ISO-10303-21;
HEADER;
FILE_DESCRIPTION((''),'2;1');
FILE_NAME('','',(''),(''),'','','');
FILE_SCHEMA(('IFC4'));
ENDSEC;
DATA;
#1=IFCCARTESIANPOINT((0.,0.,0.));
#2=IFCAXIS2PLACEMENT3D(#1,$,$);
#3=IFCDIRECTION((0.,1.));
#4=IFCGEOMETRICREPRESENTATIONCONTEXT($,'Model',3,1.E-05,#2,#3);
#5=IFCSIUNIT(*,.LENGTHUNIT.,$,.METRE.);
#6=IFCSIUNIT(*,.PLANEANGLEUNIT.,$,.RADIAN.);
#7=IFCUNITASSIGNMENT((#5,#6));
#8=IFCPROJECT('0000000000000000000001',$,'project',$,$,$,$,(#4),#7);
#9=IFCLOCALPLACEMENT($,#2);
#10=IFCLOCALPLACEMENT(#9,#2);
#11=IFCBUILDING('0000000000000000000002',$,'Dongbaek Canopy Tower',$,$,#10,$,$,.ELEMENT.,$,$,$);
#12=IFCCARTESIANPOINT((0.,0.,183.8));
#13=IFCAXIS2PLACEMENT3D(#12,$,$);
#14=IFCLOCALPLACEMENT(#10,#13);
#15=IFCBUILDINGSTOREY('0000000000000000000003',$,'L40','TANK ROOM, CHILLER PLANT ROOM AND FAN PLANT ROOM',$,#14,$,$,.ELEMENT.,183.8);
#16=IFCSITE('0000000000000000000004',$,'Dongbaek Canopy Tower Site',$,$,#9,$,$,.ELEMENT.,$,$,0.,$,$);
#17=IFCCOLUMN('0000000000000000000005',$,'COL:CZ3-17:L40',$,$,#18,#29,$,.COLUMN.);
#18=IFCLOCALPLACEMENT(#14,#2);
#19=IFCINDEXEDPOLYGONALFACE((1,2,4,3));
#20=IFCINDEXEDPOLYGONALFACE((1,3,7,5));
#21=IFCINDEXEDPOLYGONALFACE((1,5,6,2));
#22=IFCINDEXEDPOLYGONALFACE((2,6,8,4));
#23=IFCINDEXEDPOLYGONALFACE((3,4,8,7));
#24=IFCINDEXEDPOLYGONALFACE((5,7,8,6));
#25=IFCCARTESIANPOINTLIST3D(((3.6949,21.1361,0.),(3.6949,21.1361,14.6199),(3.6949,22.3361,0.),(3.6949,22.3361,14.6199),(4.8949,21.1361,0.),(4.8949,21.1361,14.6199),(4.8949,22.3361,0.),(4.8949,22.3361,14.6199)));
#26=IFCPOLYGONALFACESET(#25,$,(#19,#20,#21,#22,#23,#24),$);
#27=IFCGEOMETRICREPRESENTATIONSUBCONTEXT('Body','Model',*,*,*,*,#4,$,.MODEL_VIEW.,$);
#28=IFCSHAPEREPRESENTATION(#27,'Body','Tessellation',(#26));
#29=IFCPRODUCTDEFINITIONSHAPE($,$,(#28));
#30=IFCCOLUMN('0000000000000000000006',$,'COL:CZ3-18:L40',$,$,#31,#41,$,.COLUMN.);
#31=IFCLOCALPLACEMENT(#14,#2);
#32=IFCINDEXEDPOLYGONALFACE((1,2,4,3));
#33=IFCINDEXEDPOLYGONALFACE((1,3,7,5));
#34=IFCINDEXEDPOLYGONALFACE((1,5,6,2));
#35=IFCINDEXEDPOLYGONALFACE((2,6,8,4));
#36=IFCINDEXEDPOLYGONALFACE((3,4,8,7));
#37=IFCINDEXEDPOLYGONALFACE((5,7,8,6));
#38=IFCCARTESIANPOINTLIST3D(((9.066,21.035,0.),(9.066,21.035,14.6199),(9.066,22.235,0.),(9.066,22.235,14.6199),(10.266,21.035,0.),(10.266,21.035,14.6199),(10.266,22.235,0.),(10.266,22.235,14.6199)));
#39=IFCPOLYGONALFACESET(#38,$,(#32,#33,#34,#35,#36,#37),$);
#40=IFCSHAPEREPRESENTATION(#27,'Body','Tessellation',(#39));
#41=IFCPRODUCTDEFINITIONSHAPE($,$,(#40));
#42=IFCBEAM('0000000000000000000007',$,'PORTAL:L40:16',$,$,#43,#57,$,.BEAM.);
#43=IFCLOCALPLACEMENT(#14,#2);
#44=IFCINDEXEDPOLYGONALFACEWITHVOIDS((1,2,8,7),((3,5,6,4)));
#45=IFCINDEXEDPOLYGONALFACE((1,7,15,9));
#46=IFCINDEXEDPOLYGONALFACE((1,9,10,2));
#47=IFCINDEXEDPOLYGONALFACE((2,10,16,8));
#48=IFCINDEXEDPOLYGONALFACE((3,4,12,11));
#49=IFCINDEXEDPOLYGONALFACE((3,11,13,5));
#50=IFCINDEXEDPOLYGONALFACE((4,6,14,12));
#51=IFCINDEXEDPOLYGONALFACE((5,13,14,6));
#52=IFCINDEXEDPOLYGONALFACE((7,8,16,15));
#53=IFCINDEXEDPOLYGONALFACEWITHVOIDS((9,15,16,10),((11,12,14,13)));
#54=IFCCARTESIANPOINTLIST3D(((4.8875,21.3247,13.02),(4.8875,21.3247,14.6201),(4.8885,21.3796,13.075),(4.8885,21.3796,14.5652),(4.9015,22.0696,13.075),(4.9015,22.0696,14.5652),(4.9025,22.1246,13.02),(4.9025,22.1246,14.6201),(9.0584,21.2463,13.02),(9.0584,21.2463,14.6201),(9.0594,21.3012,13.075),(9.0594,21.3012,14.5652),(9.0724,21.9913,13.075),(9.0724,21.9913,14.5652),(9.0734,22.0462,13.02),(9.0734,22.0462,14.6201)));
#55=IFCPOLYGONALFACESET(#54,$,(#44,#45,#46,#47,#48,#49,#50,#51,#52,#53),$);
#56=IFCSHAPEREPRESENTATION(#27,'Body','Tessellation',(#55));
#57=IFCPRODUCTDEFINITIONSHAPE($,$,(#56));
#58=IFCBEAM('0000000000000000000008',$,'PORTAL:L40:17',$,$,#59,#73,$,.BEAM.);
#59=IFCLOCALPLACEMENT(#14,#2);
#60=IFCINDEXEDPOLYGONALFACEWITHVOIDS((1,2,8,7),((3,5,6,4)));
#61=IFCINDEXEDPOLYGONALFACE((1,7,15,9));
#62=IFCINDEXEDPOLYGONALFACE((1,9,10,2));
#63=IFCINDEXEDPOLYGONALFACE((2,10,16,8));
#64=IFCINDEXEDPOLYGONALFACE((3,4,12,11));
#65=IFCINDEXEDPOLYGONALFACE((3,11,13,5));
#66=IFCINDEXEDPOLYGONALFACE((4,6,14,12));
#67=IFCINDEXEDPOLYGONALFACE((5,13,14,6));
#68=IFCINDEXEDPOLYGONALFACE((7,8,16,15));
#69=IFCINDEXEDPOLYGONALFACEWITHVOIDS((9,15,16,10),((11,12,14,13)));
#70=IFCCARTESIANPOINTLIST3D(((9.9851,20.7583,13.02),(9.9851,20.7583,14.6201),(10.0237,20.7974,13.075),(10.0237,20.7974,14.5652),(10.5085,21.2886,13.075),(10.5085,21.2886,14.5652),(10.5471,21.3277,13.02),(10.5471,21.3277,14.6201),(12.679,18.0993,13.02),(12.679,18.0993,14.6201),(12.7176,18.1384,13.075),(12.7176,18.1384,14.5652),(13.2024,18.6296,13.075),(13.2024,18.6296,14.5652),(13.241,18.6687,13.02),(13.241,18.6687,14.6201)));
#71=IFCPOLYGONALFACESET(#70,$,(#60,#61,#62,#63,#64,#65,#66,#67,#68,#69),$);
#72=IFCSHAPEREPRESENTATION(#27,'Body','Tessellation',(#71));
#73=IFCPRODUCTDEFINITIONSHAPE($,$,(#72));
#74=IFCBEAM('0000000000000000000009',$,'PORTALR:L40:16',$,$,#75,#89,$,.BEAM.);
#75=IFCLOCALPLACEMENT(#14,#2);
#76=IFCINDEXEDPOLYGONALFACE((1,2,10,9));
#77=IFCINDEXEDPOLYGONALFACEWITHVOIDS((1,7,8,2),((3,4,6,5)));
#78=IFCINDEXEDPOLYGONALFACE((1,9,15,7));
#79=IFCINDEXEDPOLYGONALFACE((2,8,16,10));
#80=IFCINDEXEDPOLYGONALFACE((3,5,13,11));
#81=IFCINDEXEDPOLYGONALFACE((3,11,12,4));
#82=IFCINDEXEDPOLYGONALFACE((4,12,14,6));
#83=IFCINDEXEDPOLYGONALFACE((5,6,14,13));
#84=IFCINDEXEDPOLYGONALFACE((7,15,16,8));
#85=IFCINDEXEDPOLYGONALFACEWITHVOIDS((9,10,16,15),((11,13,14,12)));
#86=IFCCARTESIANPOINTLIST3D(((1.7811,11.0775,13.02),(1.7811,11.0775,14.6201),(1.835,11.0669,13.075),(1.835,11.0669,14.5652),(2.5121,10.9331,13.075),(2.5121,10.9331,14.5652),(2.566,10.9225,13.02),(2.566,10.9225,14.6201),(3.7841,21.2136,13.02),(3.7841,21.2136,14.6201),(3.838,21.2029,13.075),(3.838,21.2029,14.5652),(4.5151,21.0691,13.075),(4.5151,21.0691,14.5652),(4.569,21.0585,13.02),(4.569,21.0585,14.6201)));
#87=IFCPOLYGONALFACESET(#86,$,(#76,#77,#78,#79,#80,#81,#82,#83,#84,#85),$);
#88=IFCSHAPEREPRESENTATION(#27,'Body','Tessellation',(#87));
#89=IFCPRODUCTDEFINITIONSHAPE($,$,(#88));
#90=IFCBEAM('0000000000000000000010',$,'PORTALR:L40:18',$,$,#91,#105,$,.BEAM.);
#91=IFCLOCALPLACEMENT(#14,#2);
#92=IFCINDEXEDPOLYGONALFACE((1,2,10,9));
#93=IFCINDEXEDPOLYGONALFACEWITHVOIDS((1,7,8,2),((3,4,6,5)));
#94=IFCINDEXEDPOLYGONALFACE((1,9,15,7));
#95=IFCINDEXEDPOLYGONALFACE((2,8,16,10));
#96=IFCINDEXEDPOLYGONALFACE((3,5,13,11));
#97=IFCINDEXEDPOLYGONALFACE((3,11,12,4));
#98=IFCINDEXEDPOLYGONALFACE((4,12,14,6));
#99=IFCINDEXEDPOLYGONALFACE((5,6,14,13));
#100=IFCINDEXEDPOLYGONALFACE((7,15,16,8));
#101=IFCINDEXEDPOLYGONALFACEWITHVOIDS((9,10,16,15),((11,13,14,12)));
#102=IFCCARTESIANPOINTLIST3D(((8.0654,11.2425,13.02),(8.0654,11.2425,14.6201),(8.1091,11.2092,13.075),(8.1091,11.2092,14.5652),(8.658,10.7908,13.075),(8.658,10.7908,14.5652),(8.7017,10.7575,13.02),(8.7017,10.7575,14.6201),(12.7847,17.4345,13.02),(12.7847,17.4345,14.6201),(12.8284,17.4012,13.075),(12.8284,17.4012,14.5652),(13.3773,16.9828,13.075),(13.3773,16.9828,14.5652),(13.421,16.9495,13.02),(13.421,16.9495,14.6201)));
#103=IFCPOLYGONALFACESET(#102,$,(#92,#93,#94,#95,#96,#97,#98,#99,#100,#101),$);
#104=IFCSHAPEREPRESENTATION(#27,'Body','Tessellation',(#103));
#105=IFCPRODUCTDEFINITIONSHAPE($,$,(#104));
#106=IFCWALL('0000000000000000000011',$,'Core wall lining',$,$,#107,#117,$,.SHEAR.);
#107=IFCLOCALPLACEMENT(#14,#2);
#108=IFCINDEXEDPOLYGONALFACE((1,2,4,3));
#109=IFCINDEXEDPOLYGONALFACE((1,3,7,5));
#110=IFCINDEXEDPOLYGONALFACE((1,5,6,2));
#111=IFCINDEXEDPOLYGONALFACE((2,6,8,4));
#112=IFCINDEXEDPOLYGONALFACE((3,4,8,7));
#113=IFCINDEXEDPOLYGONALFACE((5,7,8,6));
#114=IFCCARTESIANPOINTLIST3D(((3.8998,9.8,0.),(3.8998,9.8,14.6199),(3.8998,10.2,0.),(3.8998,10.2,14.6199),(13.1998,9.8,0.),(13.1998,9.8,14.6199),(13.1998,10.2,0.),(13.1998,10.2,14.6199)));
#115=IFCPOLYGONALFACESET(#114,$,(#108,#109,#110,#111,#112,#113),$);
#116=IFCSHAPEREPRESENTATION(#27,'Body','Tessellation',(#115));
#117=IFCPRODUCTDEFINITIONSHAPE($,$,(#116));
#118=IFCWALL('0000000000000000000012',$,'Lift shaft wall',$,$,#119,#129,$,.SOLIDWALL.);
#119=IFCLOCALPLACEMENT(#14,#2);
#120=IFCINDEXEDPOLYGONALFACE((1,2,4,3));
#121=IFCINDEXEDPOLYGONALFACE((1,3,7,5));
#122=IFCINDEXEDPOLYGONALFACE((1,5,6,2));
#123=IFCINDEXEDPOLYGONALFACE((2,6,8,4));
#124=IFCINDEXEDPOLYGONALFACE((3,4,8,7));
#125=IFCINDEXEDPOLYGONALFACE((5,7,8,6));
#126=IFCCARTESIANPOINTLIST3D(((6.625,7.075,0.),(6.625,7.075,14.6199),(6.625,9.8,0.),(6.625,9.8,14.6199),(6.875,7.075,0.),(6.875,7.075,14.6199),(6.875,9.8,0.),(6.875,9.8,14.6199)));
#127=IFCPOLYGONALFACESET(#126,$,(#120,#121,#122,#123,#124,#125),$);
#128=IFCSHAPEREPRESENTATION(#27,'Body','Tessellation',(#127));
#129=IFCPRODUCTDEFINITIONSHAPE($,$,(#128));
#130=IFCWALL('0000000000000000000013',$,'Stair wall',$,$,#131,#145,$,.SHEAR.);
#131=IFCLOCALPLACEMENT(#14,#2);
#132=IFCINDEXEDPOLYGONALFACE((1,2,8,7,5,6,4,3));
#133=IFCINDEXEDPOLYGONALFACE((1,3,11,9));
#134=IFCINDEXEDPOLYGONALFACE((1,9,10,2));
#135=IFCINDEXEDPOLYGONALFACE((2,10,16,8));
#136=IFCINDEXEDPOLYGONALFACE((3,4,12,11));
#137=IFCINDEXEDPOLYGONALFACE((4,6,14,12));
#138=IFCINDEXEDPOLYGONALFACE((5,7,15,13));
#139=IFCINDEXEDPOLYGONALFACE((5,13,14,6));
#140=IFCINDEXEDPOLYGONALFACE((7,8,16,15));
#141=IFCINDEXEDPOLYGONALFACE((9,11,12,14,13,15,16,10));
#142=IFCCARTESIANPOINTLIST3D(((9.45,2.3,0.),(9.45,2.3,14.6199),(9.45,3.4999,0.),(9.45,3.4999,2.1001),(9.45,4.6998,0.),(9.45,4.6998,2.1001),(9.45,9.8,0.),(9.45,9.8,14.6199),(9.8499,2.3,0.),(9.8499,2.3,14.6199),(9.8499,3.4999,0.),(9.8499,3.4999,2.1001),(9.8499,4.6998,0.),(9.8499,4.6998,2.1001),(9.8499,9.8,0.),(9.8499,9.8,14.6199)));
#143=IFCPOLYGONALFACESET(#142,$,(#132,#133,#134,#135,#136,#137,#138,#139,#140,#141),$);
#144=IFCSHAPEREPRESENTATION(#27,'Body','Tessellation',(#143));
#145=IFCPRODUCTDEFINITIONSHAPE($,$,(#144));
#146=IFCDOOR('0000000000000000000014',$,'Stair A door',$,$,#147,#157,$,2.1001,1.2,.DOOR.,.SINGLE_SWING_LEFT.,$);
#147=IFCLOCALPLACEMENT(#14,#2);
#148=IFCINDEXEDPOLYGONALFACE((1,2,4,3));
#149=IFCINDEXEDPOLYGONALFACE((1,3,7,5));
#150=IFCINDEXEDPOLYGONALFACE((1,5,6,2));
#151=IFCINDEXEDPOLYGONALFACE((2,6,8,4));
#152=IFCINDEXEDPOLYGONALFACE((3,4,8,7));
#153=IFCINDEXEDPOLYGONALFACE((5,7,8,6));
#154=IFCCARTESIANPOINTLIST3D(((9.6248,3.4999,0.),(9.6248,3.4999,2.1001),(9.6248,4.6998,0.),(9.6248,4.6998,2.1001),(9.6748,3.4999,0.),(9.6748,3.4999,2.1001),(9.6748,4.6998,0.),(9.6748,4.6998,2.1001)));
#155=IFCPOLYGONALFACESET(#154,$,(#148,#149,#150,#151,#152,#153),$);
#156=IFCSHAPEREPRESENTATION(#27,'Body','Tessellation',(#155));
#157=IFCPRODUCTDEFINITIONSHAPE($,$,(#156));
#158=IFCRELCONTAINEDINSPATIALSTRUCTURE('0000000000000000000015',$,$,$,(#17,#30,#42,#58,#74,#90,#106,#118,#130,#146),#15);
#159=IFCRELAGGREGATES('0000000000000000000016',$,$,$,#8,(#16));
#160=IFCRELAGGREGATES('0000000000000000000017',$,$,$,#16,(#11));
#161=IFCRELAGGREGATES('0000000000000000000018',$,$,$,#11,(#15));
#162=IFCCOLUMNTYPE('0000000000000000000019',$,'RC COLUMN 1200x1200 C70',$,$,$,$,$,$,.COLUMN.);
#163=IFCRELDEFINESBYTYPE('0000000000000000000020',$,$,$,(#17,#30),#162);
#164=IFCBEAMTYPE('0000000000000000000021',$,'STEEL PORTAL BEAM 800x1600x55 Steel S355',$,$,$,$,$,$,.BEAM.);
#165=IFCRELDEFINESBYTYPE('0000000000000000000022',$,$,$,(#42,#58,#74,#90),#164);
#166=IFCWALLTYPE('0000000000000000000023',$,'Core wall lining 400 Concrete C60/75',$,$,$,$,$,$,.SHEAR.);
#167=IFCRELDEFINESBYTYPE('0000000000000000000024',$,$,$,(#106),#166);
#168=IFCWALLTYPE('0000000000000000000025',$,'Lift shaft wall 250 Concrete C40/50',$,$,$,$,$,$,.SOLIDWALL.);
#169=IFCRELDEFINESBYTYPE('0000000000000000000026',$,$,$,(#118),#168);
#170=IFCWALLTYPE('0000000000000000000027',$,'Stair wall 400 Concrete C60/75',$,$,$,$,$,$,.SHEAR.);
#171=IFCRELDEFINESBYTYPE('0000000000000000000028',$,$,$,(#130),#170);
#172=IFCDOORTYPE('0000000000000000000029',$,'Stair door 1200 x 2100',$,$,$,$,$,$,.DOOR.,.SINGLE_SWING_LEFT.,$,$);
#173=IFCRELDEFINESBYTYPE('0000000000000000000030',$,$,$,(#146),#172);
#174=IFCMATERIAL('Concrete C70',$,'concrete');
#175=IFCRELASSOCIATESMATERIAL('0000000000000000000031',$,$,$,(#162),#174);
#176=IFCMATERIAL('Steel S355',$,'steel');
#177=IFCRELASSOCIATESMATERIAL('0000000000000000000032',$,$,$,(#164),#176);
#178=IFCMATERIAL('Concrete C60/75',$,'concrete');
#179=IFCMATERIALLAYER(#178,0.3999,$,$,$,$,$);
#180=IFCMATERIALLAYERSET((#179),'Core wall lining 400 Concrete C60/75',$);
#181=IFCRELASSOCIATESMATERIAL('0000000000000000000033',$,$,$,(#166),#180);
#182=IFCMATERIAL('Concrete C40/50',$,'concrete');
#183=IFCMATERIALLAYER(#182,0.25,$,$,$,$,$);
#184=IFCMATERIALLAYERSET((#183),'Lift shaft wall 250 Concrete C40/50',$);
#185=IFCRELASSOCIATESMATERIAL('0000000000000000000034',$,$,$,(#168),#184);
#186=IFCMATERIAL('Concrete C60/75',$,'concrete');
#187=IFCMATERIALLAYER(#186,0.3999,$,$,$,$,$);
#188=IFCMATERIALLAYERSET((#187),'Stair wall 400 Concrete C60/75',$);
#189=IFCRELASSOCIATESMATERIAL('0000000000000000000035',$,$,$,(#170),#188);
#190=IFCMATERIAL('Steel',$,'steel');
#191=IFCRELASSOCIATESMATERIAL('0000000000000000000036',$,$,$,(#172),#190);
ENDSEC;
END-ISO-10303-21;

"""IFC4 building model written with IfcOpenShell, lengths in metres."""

from ifc_helpers import new_model, si_unit, direction, frame, frame_2d, origin, origin_2d, place, context, subcontext, project, spatial, rectangle, hollow_rectangle, extrude, material, layer, layer_set, material_profile, profile_set, type_object, element, fill, save


model = new_model("IFC4")

# Units and contexts
model_context = context("Model", 3, precision=1e-05, world=origin(), true_north=direction((0.0, 1.0)))
body_context = subcontext(model_context, "Body", "Model", "MODEL_VIEW")
ifc_project = project(units=[si_unit("LENGTHUNIT", "METRE"), si_unit("PLANEANGLEUNIT", "RADIAN")], contexts=[model_context])

# Site, building, storey
site_placement = place(None, origin())
site = spatial("IfcSite", under=ifc_project, at=site_placement, Name="Dongbaek Canopy Tower Site", CompositionType="ELEMENT", RefElevation=0.0)
building_placement = place(site_placement, origin())
building = spatial("IfcBuilding", under=site, at=building_placement, Name="Dongbaek Canopy Tower", CompositionType="ELEMENT")
storey_placement = place(building_placement, frame((0.0, 0.0, 183.8)))
storey = spatial("IfcBuildingStorey", under=building, at=storey_placement, Name="L40", Description="TANK ROOM, CHILLER PLANT ROOM AND FAN PLANT ROOM", CompositionType="ELEMENT", Elevation=183.8)

# Columns
ifc_material_1 = material(Name="Concrete C70", Category="concrete")
ifc_material_profile_1 = material_profile(ifc_material_1, rectangle(XDim=1.2, YDim=1.2, at=origin_2d()), Name="RC COLUMN 1200x1200 C70")
ifc_profile_set_1 = profile_set([ifc_material_profile_1], Name="Concrete C70")
column_type = type_object("IfcColumnType", Name="RC COLUMN 1200x1200 C70", PredefinedType="COLUMN", material=ifc_profile_set_1)
for number, where, z_axis, x_axis, name in (
    (1, (4.2949, 21.7361, 0.0), (0.0, 0.0, 1.0), (1.0, 0.0, 0.0), "COL:CZ3-17:L40"),
    (2, (9.666, 21.635, 0.0), (0.0, 0.0, 1.0), (1.0, 0.0, 0.0), "COL:CZ3-18:L40"),
):
    element("IfcColumn", number, at=place(storey_placement, frame(where, z_axis=z_axis, x_axis=x_axis)), inside=storey, type_object=column_type, Name=name, PredefinedType="COLUMN", context=body_context, shape_type="SweptSolid", body=[
        extrude(rectangle(XDim=1.2, YDim=1.2, at=origin_2d()), origin(), (0.0, 0.0, 1.0), 14.6199),
    ])

# Beams
ifc_material_2 = material(Name="Steel S355", Category="steel")
ifc_material_profile_2 = material_profile(ifc_material_2, hollow_rectangle(XDim=0.8, YDim=1.6001, WallThickness=0.0549, at=origin_2d()), Name="STEEL PORTAL BEAM 800x1600x55 Steel S355")
ifc_profile_set_2 = profile_set([ifc_material_profile_2], Name="Steel S355")
beam_type = type_object("IfcBeamType", Name="STEEL PORTAL BEAM 800x1600x55 Steel S355", PredefinedType="BEAM", material=ifc_profile_set_2)
beam_1_placement = place(storey_placement, frame((4.895, 21.7246, 13.8201), z_axis=(0.999824, -0.018786, 0.0), x_axis=(0.018786, 0.999824, 0.0)))
element("IfcBeam", 3, at=beam_1_placement, inside=storey, type_object=beam_type, Name="PORTAL:L40:16", PredefinedType="BEAM", context=body_context, shape_type="SweptSolid", body=[
    extrude(hollow_rectangle(XDim=0.8, YDim=1.6001, WallThickness=0.0549, at=origin_2d()), origin(), (0.0, 0.0, 1.0), 4.1716),
])
beam_2_placement = place(storey_placement, frame((10.2661, 21.043, 13.8201), z_axis=(0.711704, -0.70248, 0.0), x_axis=(0.70248, 0.711704, 0.0)))
element("IfcBeam", 4, at=beam_2_placement, inside=storey, type_object=beam_type, Name="PORTAL:L40:17", PredefinedType="BEAM", context=body_context, shape_type="SweptSolid", body=[
    extrude(hollow_rectangle(XDim=0.8, YDim=1.6001, WallThickness=0.0549, at=origin_2d()), origin(), (0.0, 0.0, 1.0), 3.7852),
])
beam_3_placement = place(storey_placement, frame((2.1736, 11.0, 13.8201), z_axis=(0.193857, 0.98103, 0.0), x_axis=(-0.98103, 0.193857, 0.0)))
element("IfcBeam", 5, at=beam_3_placement, inside=storey, type_object=beam_type, Name="PORTALR:L40:16", PredefinedType="BEAM", context=body_context, shape_type="SweptSolid", body=[
    extrude(hollow_rectangle(XDim=0.8, YDim=1.6001, WallThickness=0.0549, at=origin_2d()), origin(), (0.0, 0.0, 1.0), 10.332),
])
beam_4_placement = place(storey_placement, frame((8.3835, 11.0, 13.8201), z_axis=(0.606174, 0.795332, 0.0), x_axis=(-0.795332, 0.606174, 0.0)))
element("IfcBeam", 6, at=beam_4_placement, inside=storey, type_object=beam_type, Name="PORTALR:L40:18", PredefinedType="BEAM", context=body_context, shape_type="SweptSolid", body=[
    extrude(hollow_rectangle(XDim=0.8, YDim=1.6001, WallThickness=0.0549, at=origin_2d()), origin(), (0.0, 0.0, 1.0), 7.7854),
])

# Walls
ifc_material_3 = material(Name="Concrete C60/75", Category="concrete")
ifc_layer_1 = layer(ifc_material_3, 0.3999)
ifc_layer_set_1 = layer_set([ifc_layer_1], Name="Core wall lining 400 Concrete C60/75")
wall_type_1 = type_object("IfcWallType", Name="Core wall lining 400 Concrete C60/75", PredefinedType="SHEAR", material=ifc_layer_set_1)
wall_1_placement = place(storey_placement, frame((3.8999, 10.0, 0.0), z_axis=(0.0, 0.0, 1.0), x_axis=(1.0, 0.0, 0.0)))
element("IfcWall", 7, at=wall_1_placement, inside=storey, type_object=wall_type_1, Name="Core wall lining", PredefinedType="SHEAR", context=body_context, shape_type="SweptSolid", body=[
    extrude(rectangle(XDim=9.3, YDim=0.3999, at=frame_2d((4.6499, 0.0))), origin(), (0.0, 0.0, 1.0), 14.6199),
])
ifc_material_4 = material(Name="Concrete C40/50", Category="concrete")
ifc_layer_2 = layer(ifc_material_4, 0.25)
ifc_layer_set_2 = layer_set([ifc_layer_2], Name="Lift shaft wall 250 Concrete C40/50")
wall_type_2 = type_object("IfcWallType", Name="Lift shaft wall 250 Concrete C40/50", PredefinedType="SOLIDWALL", material=ifc_layer_set_2)
wall_2_placement = place(storey_placement, frame((6.75, 7.075, 0.0), z_axis=(0.0, 0.0, 1.0), x_axis=(0.0, 1.0, 0.0)))
element("IfcWall", 8, at=wall_2_placement, inside=storey, type_object=wall_type_2, Name="Lift shaft wall", PredefinedType="SOLIDWALL", context=body_context, shape_type="SweptSolid", body=[
    extrude(rectangle(XDim=2.7251, YDim=0.25, at=frame_2d((1.3625, 0.0))), origin(), (0.0, 0.0, 1.0), 14.6199),
])

# Wall, opening, door
ifc_material_5 = material(Name="Concrete C60/75", Category="concrete")
ifc_layer_3 = layer(ifc_material_5, 0.3999)
ifc_layer_set_3 = layer_set([ifc_layer_3], Name="Stair wall 400 Concrete C60/75")
wall_type_3 = type_object("IfcWallType", Name="Stair wall 400 Concrete C60/75", PredefinedType="SHEAR", material=ifc_layer_set_3)
wall_3_placement = place(storey_placement, frame((9.6499, 9.8, 0.0), z_axis=(0.0, 0.0, 1.0), x_axis=(0.0, -1.0, 0.0)))
wall_3 = element("IfcWall", 9, at=wall_3_placement, inside=storey, type_object=wall_type_3, Name="Stair wall", PredefinedType="SHEAR", context=body_context, shape_type="SweptSolid", body=[
    extrude(rectangle(XDim=7.5, YDim=0.3999, at=frame_2d((3.75, 0.0))), origin(), (0.0, 0.0, 1.0), 14.6199),
])
opening_placement = place(wall_3_placement, frame((5.1001, 0.0, 0.0)))
opening = element("IfcOpeningElement", 10, at=opening_placement, cuts=wall_3, PredefinedType="OPENING", context=body_context, shape_type="SweptSolid", body=[
    extrude(rectangle(XDim=1.2, YDim=2.1001, at=frame_2d((0.6001, 1.05))), frame((0.0, 0.21, 0.0), z_axis=(0.0, -1.0, 0.0), x_axis=(1.0, 0.0, 0.0)), (0.0, 0.0, 1.0), 0.4199),
])
ifc_material_6 = material(Name="Steel", Category="steel")
door_type = type_object("IfcDoorType", Name="Stair door 1200 x 2100", OperationType="SINGLE_SWING_LEFT", PredefinedType="DOOR", material=ifc_material_6)
door_placement = place(opening_placement, origin())
door = element("IfcDoor", 11, at=door_placement, inside=storey, type_object=door_type, Name="Stair A door", OperationType="SINGLE_SWING_LEFT", OverallHeight=2.1001, OverallWidth=1.2, PredefinedType="DOOR", context=body_context, shape_type="SweptSolid", body=[
    extrude(rectangle(XDim=1.2, YDim=2.1001, at=frame_2d((0.6001, 1.05))), frame((0.0, 0.0249, 0.0), z_axis=(0.0, -1.0, 0.0), x_axis=(1.0, 0.0, 0.0)), (0.0, 0.0, 1.0), 0.05),
])
fill(opening, door)

save(model, "model.ifc")
